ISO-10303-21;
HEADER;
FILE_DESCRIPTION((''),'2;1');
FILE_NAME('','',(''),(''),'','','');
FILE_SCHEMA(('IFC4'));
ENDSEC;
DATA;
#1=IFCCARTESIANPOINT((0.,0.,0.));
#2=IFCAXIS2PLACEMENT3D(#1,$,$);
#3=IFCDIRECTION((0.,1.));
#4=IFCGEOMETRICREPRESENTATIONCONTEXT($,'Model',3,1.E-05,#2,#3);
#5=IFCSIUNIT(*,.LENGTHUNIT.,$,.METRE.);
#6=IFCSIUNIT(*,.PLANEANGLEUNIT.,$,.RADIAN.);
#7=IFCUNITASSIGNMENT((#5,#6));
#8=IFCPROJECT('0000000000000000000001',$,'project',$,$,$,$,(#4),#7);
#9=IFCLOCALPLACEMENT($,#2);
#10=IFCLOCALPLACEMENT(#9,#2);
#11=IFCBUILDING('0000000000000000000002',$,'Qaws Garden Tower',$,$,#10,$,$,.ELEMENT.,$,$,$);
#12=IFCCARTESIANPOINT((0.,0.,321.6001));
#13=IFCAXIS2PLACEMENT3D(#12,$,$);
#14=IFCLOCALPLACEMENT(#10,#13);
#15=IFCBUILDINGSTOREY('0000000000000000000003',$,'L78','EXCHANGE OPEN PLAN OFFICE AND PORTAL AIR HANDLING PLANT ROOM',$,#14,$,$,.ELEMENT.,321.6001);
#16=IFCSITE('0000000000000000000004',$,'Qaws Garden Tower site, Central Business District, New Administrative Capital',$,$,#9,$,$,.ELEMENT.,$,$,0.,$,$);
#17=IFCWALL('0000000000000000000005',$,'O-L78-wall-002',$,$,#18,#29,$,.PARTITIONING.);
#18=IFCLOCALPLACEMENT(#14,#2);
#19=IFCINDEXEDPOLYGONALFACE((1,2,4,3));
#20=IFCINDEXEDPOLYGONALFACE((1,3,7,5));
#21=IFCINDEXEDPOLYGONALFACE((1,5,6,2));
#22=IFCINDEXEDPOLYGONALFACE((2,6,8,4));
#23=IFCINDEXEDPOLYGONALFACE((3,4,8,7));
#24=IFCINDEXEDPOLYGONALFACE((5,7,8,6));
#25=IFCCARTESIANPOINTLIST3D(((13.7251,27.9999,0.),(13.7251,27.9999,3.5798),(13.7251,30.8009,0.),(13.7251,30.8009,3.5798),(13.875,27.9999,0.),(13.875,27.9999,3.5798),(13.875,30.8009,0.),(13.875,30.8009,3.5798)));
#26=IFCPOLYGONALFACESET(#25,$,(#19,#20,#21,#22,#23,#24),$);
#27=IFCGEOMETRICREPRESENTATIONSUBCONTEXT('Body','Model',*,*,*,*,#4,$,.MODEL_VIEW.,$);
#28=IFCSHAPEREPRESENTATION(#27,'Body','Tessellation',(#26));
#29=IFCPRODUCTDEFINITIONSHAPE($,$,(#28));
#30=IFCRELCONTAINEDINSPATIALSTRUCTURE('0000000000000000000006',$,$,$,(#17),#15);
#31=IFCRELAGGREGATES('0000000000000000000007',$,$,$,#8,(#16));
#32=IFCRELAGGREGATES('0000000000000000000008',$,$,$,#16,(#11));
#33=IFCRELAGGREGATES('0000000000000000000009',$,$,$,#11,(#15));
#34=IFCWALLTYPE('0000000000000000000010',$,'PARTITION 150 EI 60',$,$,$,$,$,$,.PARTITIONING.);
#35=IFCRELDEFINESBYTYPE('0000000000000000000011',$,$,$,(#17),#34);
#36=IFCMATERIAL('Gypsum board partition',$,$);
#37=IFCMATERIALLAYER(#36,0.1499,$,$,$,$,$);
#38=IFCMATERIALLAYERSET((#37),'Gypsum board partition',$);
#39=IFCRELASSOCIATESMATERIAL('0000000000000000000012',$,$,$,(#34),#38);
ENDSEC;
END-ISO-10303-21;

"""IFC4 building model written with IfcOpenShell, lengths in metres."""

from ifc_helpers import new_model, si_unit, direction, frame, frame_2d, origin, place, context, subcontext, project, spatial, rectangle, extrude, material, layer, layer_set, type_object, element, save


model = new_model("IFC4")

# Units and contexts
model_context = context("Model", 3, precision=1e-05, world=origin(), true_north=direction((0.0, 1.0)))
body_context = subcontext(model_context, "Body", "Model", "MODEL_VIEW")
ifc_project = project(units=[si_unit("LENGTHUNIT", "METRE"), si_unit("PLANEANGLEUNIT", "RADIAN")], contexts=[model_context])

# Site, building, storey
site_placement = place(None, origin())
site = spatial("IfcSite", under=ifc_project, at=site_placement, Name="Qaws Garden Tower site, Central Business District, New Administrative Capital", CompositionType="ELEMENT", RefElevation=0.0)
building_placement = place(site_placement, origin())
building = spatial("IfcBuilding", under=site, at=building_placement, Name="Qaws Garden Tower", CompositionType="ELEMENT")
storey_placement = place(building_placement, frame((0.0, 0.0, 321.6001)))
storey = spatial("IfcBuildingStorey", under=building, at=storey_placement, Name="L78", Description="EXCHANGE OPEN PLAN OFFICE AND PORTAL AIR HANDLING PLANT ROOM", CompositionType="ELEMENT", Elevation=321.6001)

# Wall
ifc_material_1 = material(Name="Gypsum board partition")
ifc_layer_1 = layer(ifc_material_1, 0.1499)
ifc_layer_set_1 = layer_set([ifc_layer_1], Name="Gypsum board partition")
wall_type_1 = type_object("IfcWallType", Name="PARTITION 150 EI 60", PredefinedType="PARTITIONING", material=ifc_layer_set_1)
wall_1_placement = place(storey_placement, frame((13.8, 28.0, 0.0), z_axis=(0.0, 0.0, 1.0), x_axis=(0.0, 1.0, 0.0)))
element("IfcWall", 1, at=wall_1_placement, inside=storey, type_object=wall_type_1, Name="O-L78-wall-002", PredefinedType="PARTITIONING", context=body_context, shape_type="SweptSolid", body=[
    extrude(rectangle(XDim=2.801, YDim=0.1499, at=frame_2d((1.4004, 0.0))), origin(), (0.0, 0.0, 1.0), 3.5798),
])

save(model, "model.ifc")
